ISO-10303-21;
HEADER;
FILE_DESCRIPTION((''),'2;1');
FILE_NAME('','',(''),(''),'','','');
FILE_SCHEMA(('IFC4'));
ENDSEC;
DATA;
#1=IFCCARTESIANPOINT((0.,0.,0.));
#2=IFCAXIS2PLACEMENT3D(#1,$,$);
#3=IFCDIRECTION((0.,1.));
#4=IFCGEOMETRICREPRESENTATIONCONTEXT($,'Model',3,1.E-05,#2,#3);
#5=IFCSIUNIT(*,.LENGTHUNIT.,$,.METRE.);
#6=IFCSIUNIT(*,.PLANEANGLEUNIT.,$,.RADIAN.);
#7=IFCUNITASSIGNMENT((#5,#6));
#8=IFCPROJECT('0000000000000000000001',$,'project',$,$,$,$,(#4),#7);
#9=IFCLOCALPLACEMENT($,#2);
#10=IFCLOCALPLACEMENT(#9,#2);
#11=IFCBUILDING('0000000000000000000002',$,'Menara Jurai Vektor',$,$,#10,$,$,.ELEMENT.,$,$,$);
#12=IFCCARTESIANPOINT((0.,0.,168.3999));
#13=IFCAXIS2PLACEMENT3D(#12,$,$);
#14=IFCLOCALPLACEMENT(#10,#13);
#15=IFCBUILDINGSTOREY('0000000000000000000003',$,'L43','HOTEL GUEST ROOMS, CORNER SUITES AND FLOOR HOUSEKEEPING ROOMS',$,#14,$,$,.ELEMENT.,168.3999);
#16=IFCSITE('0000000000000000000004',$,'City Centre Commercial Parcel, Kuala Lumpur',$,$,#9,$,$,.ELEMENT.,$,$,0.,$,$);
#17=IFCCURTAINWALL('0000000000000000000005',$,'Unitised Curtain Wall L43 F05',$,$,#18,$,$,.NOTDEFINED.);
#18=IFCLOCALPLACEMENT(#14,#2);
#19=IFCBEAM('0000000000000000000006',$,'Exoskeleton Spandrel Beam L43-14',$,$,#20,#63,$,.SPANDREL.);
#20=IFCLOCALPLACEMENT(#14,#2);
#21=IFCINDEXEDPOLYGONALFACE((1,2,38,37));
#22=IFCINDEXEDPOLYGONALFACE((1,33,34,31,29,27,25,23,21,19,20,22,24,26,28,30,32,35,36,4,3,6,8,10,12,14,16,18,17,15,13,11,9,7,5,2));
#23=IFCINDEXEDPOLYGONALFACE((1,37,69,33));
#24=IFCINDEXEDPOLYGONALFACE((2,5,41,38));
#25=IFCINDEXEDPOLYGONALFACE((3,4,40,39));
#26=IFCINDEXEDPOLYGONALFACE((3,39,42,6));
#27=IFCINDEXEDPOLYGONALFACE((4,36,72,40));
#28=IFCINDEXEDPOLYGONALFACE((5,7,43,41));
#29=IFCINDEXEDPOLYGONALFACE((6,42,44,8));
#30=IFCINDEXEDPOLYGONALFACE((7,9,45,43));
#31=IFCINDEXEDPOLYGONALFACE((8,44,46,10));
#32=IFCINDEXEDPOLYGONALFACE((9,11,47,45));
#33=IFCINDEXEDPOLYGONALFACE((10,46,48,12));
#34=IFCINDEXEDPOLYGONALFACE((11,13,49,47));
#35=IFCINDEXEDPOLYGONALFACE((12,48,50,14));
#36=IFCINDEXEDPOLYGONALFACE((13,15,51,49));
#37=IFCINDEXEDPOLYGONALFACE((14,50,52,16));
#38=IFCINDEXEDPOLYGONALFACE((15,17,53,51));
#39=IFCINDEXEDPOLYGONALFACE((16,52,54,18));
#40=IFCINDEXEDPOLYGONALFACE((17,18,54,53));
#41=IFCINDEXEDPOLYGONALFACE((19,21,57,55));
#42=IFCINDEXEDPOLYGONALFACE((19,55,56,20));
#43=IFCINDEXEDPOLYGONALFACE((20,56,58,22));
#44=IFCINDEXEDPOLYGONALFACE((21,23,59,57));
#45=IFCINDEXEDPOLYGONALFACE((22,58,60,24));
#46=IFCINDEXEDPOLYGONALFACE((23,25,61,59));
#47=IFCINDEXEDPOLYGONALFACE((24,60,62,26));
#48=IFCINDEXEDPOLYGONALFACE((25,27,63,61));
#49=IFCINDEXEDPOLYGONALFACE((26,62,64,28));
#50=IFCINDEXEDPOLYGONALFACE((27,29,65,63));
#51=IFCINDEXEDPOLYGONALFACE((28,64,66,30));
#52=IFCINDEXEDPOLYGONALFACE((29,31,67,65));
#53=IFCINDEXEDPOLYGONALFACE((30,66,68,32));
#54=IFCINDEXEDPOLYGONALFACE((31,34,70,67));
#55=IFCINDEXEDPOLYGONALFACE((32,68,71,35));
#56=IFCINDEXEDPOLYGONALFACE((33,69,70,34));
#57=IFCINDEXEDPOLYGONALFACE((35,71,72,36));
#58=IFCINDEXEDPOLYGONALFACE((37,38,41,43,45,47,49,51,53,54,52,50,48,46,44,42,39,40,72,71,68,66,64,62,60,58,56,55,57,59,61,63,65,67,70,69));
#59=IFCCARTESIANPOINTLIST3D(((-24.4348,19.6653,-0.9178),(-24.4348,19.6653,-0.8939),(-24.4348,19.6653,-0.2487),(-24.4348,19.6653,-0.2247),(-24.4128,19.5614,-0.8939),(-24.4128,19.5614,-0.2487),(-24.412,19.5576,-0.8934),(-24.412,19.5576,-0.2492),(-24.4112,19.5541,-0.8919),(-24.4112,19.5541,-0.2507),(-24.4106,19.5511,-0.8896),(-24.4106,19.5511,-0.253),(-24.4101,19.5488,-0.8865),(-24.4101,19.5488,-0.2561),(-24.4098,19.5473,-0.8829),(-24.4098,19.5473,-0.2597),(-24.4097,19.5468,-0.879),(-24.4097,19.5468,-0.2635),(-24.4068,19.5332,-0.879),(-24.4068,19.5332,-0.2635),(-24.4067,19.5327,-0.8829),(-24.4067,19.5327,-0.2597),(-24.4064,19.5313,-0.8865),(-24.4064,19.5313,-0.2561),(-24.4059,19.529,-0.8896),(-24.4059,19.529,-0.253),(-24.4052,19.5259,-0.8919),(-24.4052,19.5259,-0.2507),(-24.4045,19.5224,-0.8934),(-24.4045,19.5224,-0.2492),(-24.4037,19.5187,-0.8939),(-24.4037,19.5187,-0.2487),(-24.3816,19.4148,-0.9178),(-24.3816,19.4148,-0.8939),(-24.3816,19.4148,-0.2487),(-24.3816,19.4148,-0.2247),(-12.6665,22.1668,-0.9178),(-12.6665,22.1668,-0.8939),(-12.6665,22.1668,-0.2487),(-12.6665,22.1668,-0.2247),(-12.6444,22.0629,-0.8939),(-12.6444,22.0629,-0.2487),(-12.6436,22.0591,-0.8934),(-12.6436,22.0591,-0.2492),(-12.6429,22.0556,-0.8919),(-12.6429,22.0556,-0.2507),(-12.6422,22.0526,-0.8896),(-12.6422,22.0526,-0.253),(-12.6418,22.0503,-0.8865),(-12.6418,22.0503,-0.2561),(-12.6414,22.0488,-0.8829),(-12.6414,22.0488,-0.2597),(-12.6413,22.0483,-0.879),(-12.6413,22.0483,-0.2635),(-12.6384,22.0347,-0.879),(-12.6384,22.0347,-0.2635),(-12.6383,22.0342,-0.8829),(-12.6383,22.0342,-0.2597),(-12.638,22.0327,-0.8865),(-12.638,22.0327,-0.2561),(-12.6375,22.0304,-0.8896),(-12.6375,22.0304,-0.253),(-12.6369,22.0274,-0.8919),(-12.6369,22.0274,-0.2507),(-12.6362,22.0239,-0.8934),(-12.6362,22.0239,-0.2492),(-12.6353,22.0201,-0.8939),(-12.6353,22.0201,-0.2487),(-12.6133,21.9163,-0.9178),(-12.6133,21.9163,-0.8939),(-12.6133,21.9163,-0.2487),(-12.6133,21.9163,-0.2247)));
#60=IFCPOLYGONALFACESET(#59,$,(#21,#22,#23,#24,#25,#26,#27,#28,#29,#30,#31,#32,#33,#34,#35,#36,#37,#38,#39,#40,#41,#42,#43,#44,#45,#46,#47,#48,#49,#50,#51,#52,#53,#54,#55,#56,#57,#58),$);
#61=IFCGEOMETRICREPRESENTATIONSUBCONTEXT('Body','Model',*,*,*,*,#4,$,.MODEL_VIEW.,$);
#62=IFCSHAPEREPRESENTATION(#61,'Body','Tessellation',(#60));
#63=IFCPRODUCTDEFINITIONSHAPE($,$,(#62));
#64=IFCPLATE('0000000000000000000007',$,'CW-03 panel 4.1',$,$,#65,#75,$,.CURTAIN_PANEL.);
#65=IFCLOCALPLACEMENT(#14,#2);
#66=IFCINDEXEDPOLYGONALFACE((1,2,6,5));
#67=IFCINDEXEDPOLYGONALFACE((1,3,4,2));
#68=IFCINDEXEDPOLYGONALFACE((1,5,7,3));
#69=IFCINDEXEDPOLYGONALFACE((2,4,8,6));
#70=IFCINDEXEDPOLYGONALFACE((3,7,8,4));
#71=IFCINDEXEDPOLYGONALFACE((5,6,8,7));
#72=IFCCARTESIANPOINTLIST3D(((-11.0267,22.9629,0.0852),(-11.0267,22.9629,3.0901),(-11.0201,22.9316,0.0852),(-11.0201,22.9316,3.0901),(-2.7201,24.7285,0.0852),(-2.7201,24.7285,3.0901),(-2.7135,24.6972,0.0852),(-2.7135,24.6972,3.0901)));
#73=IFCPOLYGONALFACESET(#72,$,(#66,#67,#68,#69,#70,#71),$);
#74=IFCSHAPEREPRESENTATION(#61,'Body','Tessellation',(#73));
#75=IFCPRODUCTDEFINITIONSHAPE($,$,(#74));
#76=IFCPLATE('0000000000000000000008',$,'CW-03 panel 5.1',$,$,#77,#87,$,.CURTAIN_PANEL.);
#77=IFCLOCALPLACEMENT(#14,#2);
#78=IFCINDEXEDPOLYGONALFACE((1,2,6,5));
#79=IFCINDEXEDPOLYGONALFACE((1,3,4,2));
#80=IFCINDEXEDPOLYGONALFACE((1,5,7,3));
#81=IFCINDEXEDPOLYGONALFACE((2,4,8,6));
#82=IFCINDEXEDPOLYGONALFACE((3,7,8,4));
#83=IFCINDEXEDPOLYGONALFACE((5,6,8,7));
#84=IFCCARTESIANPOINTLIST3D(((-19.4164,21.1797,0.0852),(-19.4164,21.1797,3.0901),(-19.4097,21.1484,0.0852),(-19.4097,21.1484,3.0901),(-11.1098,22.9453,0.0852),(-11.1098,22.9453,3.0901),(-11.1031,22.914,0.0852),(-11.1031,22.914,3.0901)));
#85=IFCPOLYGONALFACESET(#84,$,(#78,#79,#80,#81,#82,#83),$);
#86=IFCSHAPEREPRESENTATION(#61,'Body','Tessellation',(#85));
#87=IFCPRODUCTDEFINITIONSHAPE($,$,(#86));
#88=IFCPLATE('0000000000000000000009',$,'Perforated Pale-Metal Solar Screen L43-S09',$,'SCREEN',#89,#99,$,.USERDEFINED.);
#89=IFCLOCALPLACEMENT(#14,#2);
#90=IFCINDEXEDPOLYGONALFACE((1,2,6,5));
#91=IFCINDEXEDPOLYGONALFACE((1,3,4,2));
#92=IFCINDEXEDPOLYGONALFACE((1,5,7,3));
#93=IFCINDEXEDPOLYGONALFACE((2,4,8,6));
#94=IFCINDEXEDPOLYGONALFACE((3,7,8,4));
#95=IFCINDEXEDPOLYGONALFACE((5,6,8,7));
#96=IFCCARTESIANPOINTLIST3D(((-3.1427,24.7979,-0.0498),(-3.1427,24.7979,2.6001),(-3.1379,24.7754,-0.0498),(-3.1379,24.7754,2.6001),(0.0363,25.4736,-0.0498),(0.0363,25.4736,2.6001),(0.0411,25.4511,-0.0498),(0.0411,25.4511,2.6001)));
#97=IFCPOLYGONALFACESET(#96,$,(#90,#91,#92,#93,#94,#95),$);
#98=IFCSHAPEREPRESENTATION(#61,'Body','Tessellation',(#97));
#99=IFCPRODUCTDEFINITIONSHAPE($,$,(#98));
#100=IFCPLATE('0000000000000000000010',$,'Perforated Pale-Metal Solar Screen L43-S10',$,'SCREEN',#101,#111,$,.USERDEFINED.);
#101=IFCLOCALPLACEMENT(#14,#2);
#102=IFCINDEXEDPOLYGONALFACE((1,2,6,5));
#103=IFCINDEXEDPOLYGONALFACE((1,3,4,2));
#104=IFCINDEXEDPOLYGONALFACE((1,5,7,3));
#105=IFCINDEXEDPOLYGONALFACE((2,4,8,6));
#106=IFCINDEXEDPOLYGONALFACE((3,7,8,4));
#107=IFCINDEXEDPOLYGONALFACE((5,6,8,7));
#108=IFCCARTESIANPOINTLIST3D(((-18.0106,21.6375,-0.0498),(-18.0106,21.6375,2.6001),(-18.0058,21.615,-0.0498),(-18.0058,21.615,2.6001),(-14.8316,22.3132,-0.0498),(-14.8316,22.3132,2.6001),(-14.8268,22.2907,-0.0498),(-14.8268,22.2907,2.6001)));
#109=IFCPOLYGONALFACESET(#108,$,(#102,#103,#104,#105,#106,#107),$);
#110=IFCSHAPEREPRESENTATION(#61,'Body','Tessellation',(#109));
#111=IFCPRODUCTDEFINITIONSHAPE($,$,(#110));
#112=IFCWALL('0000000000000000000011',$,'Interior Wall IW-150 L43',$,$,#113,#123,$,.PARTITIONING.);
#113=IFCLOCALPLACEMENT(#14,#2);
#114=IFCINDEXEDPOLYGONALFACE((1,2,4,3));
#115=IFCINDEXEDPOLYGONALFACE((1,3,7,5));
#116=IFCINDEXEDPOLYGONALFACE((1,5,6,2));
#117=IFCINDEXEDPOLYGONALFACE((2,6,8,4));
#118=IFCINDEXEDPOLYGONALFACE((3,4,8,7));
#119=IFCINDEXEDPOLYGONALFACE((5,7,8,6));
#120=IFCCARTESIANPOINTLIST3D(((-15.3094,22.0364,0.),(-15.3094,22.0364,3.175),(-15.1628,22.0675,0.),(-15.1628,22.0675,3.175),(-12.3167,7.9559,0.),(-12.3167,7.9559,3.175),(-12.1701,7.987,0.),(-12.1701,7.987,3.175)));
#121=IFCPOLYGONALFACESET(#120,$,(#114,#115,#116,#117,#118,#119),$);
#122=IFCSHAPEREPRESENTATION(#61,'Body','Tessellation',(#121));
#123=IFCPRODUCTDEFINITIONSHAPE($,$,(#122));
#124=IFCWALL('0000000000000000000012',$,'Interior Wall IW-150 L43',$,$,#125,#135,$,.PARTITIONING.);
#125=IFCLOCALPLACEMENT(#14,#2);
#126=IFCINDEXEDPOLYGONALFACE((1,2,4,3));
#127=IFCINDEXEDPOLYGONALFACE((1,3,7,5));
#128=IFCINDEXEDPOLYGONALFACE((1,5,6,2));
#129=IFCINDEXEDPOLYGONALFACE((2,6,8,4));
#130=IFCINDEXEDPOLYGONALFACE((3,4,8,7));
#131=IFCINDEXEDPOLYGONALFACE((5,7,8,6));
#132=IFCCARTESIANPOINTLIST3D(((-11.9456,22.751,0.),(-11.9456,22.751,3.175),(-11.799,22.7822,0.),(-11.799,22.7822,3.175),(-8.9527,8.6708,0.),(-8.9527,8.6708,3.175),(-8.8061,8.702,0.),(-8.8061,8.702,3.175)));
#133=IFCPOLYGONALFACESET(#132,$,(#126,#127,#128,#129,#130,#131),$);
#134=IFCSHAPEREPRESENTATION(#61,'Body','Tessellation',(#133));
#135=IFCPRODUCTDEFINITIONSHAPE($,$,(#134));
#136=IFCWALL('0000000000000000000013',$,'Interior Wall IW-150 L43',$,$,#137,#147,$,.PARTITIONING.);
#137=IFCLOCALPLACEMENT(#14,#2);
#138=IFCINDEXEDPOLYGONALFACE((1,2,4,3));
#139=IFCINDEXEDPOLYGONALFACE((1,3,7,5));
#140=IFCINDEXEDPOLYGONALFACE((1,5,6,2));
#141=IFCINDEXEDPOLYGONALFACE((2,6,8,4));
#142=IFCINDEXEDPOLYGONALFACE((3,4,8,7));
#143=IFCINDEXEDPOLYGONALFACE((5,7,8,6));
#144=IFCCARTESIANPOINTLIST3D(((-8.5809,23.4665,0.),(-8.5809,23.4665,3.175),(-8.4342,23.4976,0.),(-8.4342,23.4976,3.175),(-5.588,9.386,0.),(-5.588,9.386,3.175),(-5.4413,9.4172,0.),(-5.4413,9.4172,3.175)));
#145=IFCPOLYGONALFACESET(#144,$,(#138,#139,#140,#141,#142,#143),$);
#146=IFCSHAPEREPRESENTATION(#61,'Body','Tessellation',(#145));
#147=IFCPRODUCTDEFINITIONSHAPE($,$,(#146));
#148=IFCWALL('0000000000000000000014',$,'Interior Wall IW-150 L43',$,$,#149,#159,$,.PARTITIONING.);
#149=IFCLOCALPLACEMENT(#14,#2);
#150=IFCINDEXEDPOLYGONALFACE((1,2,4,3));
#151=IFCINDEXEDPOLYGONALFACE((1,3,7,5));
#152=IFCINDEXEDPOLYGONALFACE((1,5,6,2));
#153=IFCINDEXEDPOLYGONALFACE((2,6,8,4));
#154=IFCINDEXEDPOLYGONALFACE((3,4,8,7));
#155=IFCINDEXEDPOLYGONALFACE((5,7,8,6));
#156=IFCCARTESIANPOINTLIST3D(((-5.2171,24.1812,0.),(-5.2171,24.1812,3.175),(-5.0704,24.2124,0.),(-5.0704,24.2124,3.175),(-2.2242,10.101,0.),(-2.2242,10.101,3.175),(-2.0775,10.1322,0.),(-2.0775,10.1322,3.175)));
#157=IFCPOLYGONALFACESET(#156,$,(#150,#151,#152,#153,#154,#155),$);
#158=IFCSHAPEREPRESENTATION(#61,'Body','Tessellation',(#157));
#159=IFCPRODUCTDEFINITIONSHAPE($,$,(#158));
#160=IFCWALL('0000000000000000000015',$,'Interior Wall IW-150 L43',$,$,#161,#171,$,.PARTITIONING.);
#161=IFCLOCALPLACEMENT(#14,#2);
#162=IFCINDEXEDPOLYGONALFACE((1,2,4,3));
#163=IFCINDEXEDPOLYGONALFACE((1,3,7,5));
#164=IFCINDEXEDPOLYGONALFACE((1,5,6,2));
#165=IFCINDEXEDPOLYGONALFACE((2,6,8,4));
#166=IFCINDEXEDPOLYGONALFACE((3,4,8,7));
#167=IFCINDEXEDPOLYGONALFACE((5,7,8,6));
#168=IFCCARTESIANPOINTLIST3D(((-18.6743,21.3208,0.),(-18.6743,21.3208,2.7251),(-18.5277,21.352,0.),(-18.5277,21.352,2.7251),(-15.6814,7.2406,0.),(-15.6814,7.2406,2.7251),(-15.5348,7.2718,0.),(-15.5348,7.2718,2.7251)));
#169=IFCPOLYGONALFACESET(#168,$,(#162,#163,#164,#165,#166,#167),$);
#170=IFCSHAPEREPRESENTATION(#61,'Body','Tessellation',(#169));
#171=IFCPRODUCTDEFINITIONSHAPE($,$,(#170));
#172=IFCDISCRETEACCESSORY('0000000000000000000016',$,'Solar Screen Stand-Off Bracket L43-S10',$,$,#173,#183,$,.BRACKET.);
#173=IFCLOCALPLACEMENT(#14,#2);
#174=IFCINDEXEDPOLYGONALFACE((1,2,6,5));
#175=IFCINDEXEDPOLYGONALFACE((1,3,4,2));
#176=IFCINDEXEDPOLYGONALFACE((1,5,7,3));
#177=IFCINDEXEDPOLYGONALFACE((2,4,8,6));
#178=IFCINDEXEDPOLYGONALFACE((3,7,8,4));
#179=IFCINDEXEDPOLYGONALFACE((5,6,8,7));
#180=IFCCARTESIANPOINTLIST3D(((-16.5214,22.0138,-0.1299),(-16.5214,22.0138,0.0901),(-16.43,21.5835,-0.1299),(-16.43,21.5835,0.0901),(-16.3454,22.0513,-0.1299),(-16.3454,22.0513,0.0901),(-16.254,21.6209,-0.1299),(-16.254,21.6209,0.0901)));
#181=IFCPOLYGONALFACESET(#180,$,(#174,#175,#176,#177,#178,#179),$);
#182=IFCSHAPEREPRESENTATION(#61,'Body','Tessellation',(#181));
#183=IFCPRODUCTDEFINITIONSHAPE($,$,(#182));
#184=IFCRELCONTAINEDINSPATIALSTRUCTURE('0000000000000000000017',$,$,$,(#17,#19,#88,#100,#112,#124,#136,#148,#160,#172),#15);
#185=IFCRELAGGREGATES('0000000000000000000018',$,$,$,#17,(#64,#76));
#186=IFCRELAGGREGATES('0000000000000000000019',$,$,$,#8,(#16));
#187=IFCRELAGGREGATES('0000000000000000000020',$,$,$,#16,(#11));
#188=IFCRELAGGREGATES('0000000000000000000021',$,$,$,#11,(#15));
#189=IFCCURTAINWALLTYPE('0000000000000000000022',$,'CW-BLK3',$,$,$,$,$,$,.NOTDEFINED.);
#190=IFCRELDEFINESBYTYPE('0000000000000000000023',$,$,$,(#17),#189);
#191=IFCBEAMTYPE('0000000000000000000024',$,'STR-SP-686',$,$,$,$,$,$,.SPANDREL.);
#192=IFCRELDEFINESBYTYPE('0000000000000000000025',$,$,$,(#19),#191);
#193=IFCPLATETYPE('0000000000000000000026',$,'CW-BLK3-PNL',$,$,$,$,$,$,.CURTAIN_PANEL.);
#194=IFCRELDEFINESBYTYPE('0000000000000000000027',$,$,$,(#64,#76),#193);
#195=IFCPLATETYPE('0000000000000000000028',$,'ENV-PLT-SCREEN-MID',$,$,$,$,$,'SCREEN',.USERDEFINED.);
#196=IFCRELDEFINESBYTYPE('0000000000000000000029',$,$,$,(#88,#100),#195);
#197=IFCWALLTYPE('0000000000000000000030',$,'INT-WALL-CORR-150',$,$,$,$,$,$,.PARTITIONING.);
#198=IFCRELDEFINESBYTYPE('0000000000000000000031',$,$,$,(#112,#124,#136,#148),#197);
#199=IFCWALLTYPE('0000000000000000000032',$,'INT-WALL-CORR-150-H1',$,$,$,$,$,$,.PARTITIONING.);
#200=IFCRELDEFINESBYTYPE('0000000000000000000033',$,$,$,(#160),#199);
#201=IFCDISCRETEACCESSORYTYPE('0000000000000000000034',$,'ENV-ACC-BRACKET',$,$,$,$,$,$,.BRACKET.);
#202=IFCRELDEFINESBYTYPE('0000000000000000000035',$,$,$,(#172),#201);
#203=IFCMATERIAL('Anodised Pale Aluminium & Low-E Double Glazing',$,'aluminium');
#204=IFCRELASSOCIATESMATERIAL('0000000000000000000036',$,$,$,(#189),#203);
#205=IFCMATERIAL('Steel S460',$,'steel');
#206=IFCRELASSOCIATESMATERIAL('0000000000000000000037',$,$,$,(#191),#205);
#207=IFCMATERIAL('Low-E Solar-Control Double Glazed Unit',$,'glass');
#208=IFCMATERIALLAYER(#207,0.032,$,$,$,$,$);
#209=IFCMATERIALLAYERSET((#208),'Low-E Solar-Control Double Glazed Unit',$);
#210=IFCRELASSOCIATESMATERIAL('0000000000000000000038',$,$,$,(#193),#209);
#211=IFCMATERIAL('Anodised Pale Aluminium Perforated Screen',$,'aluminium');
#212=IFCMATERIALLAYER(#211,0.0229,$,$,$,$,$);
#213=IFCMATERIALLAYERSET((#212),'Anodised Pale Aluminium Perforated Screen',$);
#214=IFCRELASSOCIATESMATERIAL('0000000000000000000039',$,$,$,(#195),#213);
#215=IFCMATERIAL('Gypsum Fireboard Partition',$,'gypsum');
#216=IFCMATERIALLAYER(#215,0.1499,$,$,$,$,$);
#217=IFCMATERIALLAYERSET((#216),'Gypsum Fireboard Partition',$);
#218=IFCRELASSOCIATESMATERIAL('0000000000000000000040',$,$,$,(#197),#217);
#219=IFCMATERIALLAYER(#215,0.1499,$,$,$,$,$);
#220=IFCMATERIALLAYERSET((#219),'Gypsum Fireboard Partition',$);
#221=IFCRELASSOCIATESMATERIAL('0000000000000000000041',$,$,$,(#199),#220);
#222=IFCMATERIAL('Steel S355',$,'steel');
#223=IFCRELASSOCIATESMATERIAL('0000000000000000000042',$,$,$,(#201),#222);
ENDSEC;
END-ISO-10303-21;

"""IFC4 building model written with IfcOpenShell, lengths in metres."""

from ifc_helpers import new_model, si_unit, direction, frame, frame_2d, origin, origin_2d, place, context, subcontext, project, spatial, rectangle, i_section, extrude, material, layer, layer_set, material_profile, profile_set, type_object, element, aggregate, save


model = new_model("IFC4")

# Units and contexts
model_context = context("Model", 3, precision=1e-05, world=origin(), true_north=direction((0.0, 1.0)))
body_context = subcontext(model_context, "Body", "Model", "MODEL_VIEW")
ifc_project = project(units=[si_unit("LENGTHUNIT", "METRE"), si_unit("PLANEANGLEUNIT", "RADIAN")], contexts=[model_context])

# Site, building, storey
site_placement = place(None, origin())
site = spatial("IfcSite", under=ifc_project, at=site_placement, Name="City Centre Commercial Parcel, Kuala Lumpur", CompositionType="ELEMENT", RefElevation=0.0)
building_placement = place(site_placement, origin())
building = spatial("IfcBuilding", under=site, at=building_placement, Name="Menara Jurai Vektor", CompositionType="ELEMENT")
storey_placement = place(building_placement, frame((0.0, 0.0, 168.3999)))
storey = spatial("IfcBuildingStorey", under=building, at=storey_placement, Name="L43", Description="HOTEL GUEST ROOMS, CORNER SUITES AND FLOOR HOUSEKEEPING ROOMS", CompositionType="ELEMENT", Elevation=168.3999)

# Shared definitions
ifc_material_1 = material(Name="Steel S460", Category="steel")

# Curtain wall
ifc_material_2 = material(Name="Anodised Pale Aluminium & Low-E Double Glazing", Category="aluminium")
curtain_wall_type = type_object("IfcCurtainWallType", Name="CW-BLK3", PredefinedType="NOTDEFINED", material=ifc_material_2)
curtain_wall_placement = place(storey_placement, origin())
curtain_wall = element("IfcCurtainWall", 1, at=curtain_wall_placement, inside=storey, type_object=curtain_wall_type, Name="Unitised Curtain Wall L43 F05", PredefinedType="NOTDEFINED")

# Beam
ifc_material_3 = material(Name="Steel S355", Category="steel")
ifc_material_profile_1 = material_profile(ifc_material_1, i_section(OverallWidth=0.2561, OverallDepth=0.6931, WebThickness=0.0139, FlangeThickness=0.0239, FilletRadius=0.0149, at=origin_2d()), Name="UKB 686x254x170")
ifc_profile_set_1 = profile_set([ifc_material_profile_1], Name="Steel S460")
beam_type_1 = type_object("IfcBeamType", Name="STR-SP-686", PredefinedType="SPANDREL", material=ifc_profile_set_1)
beam_1_placement = place(storey_placement, frame((-12.6399, 22.0415, -0.5713), z_axis=(-0.978147, -0.207914, 0.0), x_axis=(0.207914, -0.978147, 0.0)))
element("IfcBeam", 2, at=beam_1_placement, inside=storey, type_object=beam_type_1, Name="Exoskeleton Spandrel Beam L43-14", PredefinedType="SPANDREL", context=body_context, shape_type="SweptSolid", body=[
    extrude(i_section(OverallWidth=0.2561, OverallDepth=0.6931, WebThickness=0.0139, FlangeThickness=0.0239, FilletRadius=0.0149, at=origin_2d()), origin(), (0.0, 0.0, 1.0), 12.0312),
])

# Plates
ifc_material_4 = material(Name="Low-E Solar-Control Double Glazed Unit", Category="glass")
ifc_layer_1 = layer(ifc_material_4, 0.032)
ifc_layer_set_1 = layer_set([ifc_layer_1], Name="Low-E Solar-Control Double Glazed Unit")
plate_type_1 = type_object("IfcPlateType", Name="CW-BLK3-PNL", PredefinedType="CURTAIN_PANEL", material=ifc_layer_set_1)
plate_1_placement = place(storey_placement, frame((-6.8701, 23.8301, 0.0852), z_axis=(0.0, 0.0, 1.0), x_axis=(-0.978148, -0.207911, 0.0)))
plate_1 = element("IfcPlate", 3, at=plate_1_placement, type_object=plate_type_1, Name="CW-03 panel 4.1", PredefinedType="CURTAIN_PANEL", context=body_context, shape_type="SweptSolid", body=[
    extrude(rectangle(XDim=8.4922, YDim=0.032, at=origin_2d()), origin(), (0.0, 0.0, 1.0), 3.0049),
])
plate_2_placement = place(storey_placement, frame((-15.2598, 22.0469, 0.0852), z_axis=(0.0, 0.0, 1.0), x_axis=(-0.978148, -0.207911, 0.0)))
plate_2 = element("IfcPlate", 4, at=plate_2_placement, type_object=plate_type_1, Name="CW-03 panel 5.1", PredefinedType="CURTAIN_PANEL", context=body_context, shape_type="SweptSolid", body=[
    extrude(rectangle(XDim=8.4922, YDim=0.032, at=origin_2d()), origin(), (0.0, 0.0, 1.0), 3.0049),
])
aggregate(curtain_wall, [plate_1, plate_2])

# Plates
ifc_material_5 = material(Name="Anodised Pale Aluminium Perforated Screen", Category="aluminium")
ifc_layer_2 = layer(ifc_material_5, 0.0229)
ifc_layer_set_2 = layer_set([ifc_layer_2], Name="Anodised Pale Aluminium Perforated Screen")
plate_type_2 = type_object("IfcPlateType", Name="ENV-PLT-SCREEN-MID", ElementType="SCREEN", PredefinedType="USERDEFINED", material=ifc_layer_set_2)
for number, where, z_axis, x_axis, name in (
    (5, (-1.5508, 25.1245, -0.0498), (0.0, 0.0, 1.0), (-0.978148, -0.207912, 0.0), "Perforated Pale-Metal Solar Screen L43-S09"),
    (6, (-16.4187, 21.9641, -0.0498), (0.0, 0.0, 1.0), (-0.978148, -0.207912, 0.0), "Perforated Pale-Metal Solar Screen L43-S10"),
):
    element("IfcPlate", number, at=place(storey_placement, frame(where, z_axis=z_axis, x_axis=x_axis)), inside=storey, type_object=plate_type_2, Name=name, ObjectType="SCREEN", PredefinedType="USERDEFINED", context=body_context, shape_type="SweptSolid", body=[
        extrude(rectangle(XDim=3.25, YDim=0.0229, at=origin_2d()), origin(), (0.0, 0.0, 1.0), 2.6499),
    ])

# Shared definitions
ifc_material_6 = material(Name="Gypsum Fireboard Partition", Category="gypsum")
ifc_layer_3 = layer(ifc_material_6, 0.1499)
ifc_layer_set_3 = layer_set([ifc_layer_3], Name="Gypsum Fireboard Partition")
wall_type_1 = type_object("IfcWallType", Name="INT-WALL-CORR-150", PredefinedType="PARTITIONING", material=ifc_layer_set_3)

# Walls
wall_1_placement = place(storey_placement, frame((-12.2434, 7.9714, 0.0), z_axis=(0.0, 0.0, 1.0), x_axis=(-0.207896, 0.978151, 0.0)))
element("IfcWall", 7, at=wall_1_placement, inside=storey, type_object=wall_type_1, Name="Interior Wall IW-150 L43", PredefinedType="PARTITIONING", context=body_context, shape_type="SweptSolid", body=[
    extrude(rectangle(XDim=14.395, YDim=0.1499, at=frame_2d((7.1975, 0.0))), origin(), (0.0, 0.0, 1.0), 3.175),
])
wall_2_placement = place(storey_placement, frame((-8.8794, 8.6865, 0.0), z_axis=(0.0, 0.0, 1.0), x_axis=(-0.207915, 0.978147, 0.0)))
element("IfcWall", 8, at=wall_2_placement, inside=storey, type_object=wall_type_1, Name="Interior Wall IW-150 L43", PredefinedType="PARTITIONING", context=body_context, shape_type="SweptSolid", body=[
    extrude(rectangle(XDim=14.3948, YDim=0.1499, at=frame_2d((7.1973, 0.0))), origin(), (0.0, 0.0, 1.0), 3.175),
])
wall_3_placement = place(storey_placement, frame((-5.5146, 9.4016, 0.0), z_axis=(0.0, 0.0, 1.0), x_axis=(-0.207912, 0.978148, 0.0)))
element("IfcWall", 9, at=wall_3_placement, inside=storey, type_object=wall_type_1, Name="Interior Wall IW-150 L43", PredefinedType="PARTITIONING", context=body_context, shape_type="SweptSolid", body=[
    extrude(rectangle(XDim=14.395, YDim=0.1499, at=frame_2d((7.1975, 0.0))), origin(), (0.0, 0.0, 1.0), 3.175),
])
wall_4_placement = place(storey_placement, frame((-2.1509, 10.1167, 0.0), z_axis=(0.0, 0.0, 1.0), x_axis=(-0.207915, 0.978147, 0.0)))
element("IfcWall", 10, at=wall_4_placement, inside=storey, type_object=wall_type_1, Name="Interior Wall IW-150 L43", PredefinedType="PARTITIONING", context=body_context, shape_type="SweptSolid", body=[
    extrude(rectangle(XDim=14.3948, YDim=0.1499, at=frame_2d((7.1973, 0.0))), origin(), (0.0, 0.0, 1.0), 3.175),
])
ifc_layer_4 = layer(ifc_material_6, 0.1499)
ifc_layer_set_4 = layer_set([ifc_layer_4], Name="Gypsum Fireboard Partition")
wall_type_2 = type_object("IfcWallType", Name="INT-WALL-CORR-150-H1", PredefinedType="PARTITIONING", material=ifc_layer_set_4)
wall_5_placement = place(storey_placement, frame((-15.6082, 7.2563, 0.0), z_axis=(0.0, 0.0, 1.0), x_axis=(-0.207915, 0.978147, 0.0)))
element("IfcWall", 11, at=wall_5_placement, inside=storey, type_object=wall_type_2, Name="Interior Wall IW-150 L43", PredefinedType="PARTITIONING", context=body_context, shape_type="SweptSolid", body=[
    extrude(rectangle(XDim=14.3948, YDim=0.1499, at=frame_2d((7.1973, 0.0))), origin(), (0.0, 0.0, 1.0), 2.7251),
])

# Discrete accessory
discrete_accessory_type = type_object("IfcDiscreteAccessoryType", Name="ENV-ACC-BRACKET", PredefinedType="BRACKET", material=ifc_material_3)
discrete_accessory_placement = place(storey_placement, frame((-16.3877, 21.8174, -0.1299), z_axis=(0.0, 0.0, 1.0), x_axis=(-0.978148, -0.207912, 0.0)))
element("IfcDiscreteAccessory", 12, at=discrete_accessory_placement, inside=storey, type_object=discrete_accessory_type, Name="Solar Screen Stand-Off Bracket L43-S10", PredefinedType="BRACKET", context=body_context, shape_type="SweptSolid", body=[
    extrude(rectangle(XDim=0.1799, YDim=0.4399, at=origin_2d()), origin(), (0.0, 0.0, 1.0), 0.22),
])

save(model, "model.ifc")
